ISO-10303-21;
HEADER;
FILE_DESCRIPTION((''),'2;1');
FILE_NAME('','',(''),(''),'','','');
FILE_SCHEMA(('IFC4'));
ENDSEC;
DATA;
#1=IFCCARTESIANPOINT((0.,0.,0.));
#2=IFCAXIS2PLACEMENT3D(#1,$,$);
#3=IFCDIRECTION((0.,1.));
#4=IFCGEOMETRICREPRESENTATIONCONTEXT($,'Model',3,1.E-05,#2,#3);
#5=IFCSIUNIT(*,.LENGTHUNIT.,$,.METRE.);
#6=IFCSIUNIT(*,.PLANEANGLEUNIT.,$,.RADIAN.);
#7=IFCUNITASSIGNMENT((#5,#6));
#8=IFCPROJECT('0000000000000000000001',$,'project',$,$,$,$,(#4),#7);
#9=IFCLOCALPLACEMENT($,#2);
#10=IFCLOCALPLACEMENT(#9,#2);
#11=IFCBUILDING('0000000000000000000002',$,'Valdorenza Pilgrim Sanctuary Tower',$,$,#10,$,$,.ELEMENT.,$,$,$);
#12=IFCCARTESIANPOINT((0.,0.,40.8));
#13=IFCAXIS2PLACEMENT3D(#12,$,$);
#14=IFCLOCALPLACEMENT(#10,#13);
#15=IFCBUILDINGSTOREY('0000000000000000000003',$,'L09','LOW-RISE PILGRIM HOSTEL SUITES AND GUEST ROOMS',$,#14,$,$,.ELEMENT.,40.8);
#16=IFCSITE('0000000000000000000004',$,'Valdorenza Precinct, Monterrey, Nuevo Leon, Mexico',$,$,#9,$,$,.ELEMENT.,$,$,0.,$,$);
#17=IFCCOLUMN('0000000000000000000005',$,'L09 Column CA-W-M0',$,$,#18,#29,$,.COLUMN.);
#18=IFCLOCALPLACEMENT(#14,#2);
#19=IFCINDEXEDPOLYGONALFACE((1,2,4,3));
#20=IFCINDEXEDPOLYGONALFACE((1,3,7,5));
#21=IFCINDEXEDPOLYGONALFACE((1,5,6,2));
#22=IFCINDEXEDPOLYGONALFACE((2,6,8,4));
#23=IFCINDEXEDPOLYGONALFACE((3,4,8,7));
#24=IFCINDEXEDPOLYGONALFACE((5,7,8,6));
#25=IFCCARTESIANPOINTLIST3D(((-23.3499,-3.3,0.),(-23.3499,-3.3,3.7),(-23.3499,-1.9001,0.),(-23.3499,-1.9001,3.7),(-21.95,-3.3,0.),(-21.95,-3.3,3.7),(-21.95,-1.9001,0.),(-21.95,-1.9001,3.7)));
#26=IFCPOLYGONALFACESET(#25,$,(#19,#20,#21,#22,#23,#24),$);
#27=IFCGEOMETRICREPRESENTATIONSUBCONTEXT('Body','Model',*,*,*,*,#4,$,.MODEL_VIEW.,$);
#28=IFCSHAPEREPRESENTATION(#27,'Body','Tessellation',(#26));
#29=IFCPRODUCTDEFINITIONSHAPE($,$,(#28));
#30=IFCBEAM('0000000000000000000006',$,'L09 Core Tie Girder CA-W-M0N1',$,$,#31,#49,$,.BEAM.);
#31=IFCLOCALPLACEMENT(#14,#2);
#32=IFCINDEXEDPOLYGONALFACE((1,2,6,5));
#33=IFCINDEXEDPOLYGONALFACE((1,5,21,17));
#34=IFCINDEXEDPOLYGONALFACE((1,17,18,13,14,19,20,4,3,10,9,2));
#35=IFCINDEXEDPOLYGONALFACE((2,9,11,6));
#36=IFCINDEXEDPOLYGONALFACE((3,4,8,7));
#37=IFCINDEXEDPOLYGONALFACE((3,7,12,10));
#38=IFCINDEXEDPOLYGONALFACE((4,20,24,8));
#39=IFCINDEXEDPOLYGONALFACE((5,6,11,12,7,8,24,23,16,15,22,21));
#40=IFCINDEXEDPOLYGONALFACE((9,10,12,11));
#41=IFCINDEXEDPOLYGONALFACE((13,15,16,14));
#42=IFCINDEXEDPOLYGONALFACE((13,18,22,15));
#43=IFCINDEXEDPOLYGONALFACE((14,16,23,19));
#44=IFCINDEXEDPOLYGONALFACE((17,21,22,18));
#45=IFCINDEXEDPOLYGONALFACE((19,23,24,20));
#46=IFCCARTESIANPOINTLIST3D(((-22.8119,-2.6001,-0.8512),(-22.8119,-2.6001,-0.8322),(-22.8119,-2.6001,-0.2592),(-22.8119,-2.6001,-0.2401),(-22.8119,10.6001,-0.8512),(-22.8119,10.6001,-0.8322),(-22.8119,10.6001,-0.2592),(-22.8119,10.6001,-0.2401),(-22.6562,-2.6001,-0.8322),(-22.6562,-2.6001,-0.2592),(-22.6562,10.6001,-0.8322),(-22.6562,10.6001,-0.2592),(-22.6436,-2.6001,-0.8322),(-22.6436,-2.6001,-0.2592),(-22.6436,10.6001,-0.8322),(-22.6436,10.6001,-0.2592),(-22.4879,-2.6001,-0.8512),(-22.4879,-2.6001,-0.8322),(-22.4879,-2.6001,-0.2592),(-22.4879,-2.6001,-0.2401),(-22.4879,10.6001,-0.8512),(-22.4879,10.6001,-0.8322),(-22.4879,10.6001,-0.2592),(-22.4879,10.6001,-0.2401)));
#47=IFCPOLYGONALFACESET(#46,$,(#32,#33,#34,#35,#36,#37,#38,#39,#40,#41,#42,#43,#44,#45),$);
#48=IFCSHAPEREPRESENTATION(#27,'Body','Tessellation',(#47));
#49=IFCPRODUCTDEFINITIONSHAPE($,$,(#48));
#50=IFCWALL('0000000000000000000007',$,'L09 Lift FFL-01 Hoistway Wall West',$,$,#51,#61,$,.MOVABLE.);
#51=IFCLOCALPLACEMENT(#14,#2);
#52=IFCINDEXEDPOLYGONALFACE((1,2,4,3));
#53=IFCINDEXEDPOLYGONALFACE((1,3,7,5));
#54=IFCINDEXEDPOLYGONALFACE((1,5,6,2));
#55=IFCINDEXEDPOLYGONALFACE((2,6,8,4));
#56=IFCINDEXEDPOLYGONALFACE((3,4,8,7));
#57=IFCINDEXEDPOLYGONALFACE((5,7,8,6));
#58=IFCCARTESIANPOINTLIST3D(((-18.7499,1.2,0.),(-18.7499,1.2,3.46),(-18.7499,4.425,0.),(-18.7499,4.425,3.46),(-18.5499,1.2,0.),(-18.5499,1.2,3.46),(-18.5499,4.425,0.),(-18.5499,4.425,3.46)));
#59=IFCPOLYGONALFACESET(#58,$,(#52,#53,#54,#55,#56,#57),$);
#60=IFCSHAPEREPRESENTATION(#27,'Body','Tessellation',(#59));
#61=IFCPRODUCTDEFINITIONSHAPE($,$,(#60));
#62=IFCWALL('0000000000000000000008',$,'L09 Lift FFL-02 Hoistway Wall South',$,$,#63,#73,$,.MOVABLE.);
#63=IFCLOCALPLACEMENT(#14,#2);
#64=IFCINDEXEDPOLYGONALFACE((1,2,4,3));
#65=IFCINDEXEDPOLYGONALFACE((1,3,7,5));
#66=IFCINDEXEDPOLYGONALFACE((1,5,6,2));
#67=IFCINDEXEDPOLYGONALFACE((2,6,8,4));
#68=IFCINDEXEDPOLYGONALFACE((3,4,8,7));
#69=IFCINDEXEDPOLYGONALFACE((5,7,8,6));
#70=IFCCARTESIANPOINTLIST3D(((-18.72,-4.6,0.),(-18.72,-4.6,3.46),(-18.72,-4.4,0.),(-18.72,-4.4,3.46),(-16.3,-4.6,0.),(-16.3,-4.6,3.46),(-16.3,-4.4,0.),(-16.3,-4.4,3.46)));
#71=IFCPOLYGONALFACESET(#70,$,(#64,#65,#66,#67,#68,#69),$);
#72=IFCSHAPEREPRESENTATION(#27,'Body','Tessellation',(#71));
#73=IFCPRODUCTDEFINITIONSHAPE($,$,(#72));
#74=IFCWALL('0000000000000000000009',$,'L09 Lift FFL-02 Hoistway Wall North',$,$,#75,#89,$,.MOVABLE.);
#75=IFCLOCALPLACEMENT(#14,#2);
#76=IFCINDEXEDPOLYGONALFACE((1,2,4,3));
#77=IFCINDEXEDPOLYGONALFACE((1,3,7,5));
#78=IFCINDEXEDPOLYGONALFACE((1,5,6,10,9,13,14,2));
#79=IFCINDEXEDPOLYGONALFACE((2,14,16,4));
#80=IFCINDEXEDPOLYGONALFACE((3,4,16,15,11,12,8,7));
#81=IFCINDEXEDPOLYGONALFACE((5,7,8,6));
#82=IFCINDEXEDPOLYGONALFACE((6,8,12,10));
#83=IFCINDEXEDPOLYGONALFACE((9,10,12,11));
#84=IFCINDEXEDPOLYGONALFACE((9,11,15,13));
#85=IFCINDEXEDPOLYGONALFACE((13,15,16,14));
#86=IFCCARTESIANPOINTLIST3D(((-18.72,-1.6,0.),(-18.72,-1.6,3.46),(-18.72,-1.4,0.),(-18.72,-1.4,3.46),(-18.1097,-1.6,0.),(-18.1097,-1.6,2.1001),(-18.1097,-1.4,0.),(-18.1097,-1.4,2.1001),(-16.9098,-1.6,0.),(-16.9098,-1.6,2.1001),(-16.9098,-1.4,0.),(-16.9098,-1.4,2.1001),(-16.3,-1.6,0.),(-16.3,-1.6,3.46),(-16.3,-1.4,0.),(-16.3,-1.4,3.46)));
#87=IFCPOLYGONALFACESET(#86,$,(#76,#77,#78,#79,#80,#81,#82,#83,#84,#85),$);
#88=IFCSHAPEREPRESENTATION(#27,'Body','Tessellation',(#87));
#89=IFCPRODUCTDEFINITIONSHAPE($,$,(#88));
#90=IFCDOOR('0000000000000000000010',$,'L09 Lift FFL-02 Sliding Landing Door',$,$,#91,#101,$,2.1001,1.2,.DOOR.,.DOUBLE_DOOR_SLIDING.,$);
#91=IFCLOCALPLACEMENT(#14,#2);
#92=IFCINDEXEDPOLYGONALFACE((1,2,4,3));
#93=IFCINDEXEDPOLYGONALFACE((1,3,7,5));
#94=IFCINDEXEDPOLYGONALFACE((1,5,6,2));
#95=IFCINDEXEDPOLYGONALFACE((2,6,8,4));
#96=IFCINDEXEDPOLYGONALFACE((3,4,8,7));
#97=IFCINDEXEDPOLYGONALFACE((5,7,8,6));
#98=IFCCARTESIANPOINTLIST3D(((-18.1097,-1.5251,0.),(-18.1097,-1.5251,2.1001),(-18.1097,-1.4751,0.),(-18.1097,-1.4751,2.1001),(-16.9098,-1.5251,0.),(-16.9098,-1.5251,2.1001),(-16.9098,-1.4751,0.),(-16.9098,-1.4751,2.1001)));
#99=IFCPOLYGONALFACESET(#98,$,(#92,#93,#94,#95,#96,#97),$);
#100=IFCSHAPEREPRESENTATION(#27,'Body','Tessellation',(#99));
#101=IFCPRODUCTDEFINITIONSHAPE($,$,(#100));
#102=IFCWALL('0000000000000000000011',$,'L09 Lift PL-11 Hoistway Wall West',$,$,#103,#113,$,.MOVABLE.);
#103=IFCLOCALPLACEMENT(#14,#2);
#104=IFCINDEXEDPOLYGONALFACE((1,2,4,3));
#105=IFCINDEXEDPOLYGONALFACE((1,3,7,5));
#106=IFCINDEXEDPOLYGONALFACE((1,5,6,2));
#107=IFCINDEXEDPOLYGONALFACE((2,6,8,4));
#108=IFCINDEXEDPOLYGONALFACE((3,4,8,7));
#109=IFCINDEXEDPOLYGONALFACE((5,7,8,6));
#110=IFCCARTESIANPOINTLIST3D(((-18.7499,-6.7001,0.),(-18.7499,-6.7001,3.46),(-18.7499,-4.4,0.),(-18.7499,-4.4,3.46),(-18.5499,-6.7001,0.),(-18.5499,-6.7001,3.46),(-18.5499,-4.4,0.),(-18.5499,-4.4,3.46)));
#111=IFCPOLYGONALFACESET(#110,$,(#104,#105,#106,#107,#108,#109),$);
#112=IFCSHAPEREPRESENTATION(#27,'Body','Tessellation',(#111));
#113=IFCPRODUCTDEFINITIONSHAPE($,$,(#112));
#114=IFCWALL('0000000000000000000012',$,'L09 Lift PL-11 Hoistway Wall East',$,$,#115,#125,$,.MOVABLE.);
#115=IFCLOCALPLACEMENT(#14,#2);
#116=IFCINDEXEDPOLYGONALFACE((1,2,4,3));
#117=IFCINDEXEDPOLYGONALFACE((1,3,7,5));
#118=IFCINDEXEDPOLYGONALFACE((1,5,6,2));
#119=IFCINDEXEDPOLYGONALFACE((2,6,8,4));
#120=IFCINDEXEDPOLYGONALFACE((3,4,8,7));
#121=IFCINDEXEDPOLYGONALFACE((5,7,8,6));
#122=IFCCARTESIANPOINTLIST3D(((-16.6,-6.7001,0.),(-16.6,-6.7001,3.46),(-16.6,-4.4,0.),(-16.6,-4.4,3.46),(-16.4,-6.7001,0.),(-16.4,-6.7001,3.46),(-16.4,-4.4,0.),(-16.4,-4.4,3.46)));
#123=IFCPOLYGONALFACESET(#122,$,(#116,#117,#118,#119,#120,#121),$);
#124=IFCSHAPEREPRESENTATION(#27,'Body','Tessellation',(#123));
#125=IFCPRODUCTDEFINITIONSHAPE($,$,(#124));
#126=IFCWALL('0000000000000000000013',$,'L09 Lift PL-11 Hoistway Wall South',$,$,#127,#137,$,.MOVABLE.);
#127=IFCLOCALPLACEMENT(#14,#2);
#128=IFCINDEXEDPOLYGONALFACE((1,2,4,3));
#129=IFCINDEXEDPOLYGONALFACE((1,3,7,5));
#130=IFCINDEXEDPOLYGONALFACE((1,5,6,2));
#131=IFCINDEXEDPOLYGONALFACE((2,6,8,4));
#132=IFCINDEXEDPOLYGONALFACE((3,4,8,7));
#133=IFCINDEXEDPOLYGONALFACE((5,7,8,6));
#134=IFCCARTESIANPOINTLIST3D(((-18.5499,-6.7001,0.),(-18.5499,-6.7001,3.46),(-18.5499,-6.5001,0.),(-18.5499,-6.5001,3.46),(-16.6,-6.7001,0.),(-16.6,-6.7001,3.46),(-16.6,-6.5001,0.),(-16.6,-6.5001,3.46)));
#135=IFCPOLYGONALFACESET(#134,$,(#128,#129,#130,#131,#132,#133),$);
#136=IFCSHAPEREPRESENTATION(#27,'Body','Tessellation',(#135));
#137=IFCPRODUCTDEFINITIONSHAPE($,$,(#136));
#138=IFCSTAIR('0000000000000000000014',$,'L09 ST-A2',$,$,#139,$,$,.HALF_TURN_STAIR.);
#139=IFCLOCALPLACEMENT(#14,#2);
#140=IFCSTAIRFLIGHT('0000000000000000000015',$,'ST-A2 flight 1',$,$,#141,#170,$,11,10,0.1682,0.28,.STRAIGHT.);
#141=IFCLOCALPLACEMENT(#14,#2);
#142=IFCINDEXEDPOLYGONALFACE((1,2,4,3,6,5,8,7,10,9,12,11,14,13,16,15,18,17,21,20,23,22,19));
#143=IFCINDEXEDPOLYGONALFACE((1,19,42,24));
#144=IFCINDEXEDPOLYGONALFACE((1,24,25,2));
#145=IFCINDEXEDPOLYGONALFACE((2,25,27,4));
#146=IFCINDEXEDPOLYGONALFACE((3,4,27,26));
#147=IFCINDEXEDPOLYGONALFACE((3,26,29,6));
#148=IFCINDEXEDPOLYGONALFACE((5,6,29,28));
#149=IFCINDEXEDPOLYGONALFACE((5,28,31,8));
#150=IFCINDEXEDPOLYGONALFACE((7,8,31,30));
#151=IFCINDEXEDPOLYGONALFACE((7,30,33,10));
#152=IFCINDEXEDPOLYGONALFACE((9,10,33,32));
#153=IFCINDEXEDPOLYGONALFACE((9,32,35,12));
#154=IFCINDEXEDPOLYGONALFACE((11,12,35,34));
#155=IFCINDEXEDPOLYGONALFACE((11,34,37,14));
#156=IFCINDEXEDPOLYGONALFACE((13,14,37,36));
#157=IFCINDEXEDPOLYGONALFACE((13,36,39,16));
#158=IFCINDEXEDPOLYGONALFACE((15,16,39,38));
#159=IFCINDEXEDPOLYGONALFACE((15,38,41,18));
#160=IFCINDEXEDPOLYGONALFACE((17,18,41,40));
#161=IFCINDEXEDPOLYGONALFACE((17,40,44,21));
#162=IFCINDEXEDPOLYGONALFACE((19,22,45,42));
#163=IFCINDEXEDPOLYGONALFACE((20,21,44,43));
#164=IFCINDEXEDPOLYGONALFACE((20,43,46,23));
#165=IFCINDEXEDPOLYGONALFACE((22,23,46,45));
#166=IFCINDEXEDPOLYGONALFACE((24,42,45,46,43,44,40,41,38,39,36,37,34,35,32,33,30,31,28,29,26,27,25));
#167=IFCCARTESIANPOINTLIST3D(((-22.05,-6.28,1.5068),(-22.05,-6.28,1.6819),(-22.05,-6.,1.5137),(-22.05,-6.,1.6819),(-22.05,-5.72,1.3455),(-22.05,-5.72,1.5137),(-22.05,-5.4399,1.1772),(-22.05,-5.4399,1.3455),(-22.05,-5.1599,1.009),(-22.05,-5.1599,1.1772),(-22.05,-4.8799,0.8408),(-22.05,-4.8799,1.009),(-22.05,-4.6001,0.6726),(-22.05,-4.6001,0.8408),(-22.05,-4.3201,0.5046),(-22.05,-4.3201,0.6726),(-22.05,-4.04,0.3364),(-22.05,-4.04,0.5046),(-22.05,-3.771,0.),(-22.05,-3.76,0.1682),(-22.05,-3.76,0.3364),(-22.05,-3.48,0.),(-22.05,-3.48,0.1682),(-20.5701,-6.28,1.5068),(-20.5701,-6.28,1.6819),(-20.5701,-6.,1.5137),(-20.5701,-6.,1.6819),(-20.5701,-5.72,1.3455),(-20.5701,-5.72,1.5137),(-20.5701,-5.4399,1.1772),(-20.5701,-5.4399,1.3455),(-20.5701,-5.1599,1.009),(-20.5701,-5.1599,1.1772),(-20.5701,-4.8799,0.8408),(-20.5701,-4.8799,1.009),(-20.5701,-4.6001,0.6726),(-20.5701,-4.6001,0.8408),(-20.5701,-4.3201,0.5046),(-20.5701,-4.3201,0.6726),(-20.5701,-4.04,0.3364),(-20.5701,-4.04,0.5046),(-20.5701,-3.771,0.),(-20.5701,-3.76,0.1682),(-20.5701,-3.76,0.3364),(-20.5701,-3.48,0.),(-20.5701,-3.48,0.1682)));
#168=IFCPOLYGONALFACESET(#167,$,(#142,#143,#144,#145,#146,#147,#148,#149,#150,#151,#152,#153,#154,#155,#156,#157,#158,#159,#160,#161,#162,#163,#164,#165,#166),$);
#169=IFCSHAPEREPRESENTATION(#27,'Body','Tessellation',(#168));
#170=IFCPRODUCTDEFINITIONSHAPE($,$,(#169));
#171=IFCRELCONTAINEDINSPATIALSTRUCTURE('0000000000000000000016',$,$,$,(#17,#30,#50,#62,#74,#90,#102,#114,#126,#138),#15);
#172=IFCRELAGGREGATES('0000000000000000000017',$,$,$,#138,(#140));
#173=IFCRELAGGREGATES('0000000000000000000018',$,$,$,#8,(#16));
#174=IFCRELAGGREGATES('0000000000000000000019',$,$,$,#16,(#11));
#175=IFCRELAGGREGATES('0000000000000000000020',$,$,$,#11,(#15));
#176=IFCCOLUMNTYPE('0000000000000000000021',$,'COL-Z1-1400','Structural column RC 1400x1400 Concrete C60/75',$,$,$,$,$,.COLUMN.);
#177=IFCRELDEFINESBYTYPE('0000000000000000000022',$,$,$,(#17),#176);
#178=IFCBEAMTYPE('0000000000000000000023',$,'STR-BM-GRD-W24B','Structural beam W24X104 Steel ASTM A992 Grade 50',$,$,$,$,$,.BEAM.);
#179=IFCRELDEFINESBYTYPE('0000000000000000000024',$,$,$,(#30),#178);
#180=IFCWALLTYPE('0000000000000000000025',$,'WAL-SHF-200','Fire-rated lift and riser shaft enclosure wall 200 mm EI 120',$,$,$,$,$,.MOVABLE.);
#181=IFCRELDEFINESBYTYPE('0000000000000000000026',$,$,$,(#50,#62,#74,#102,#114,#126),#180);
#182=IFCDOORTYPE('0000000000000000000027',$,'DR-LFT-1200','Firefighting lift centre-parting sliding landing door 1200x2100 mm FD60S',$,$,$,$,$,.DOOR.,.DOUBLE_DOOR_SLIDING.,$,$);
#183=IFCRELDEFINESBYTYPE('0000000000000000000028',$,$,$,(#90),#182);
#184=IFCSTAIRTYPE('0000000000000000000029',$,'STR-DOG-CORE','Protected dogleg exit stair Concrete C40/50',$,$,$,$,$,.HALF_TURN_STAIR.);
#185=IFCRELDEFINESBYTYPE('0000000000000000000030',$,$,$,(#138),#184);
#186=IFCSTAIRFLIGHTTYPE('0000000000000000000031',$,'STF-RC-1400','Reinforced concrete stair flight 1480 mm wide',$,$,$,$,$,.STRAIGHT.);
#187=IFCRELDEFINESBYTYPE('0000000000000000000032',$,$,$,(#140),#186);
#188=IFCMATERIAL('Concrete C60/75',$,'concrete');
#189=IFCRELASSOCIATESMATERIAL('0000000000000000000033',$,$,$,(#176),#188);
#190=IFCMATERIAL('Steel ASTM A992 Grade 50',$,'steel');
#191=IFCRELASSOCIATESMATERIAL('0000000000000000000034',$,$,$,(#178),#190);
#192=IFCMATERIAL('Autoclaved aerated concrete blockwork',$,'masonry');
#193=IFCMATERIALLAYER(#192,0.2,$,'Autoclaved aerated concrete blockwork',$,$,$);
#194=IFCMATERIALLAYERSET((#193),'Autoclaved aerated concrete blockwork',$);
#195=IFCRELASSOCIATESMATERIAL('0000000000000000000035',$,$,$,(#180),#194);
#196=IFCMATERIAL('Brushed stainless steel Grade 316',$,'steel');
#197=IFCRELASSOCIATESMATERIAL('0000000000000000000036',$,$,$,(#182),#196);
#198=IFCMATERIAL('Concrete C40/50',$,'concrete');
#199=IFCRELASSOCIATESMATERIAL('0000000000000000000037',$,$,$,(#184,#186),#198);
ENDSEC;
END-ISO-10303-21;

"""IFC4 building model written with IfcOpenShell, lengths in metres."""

from ifc_helpers import new_model, si_unit, direction, frame, frame_2d, origin, origin_2d, place, context, subcontext, project, spatial, polyline, rectangle, i_section, outline, extrude, source, transform, mapped, material, layer, layer_set, material_profile, profile_set, type_object, element, fill, aggregate, save


model = new_model("IFC4")

# Units and contexts
model_context = context("Model", 3, precision=1e-05, world=origin(), true_north=direction((0.0, 1.0)))
body_context = subcontext(model_context, "Body", "Model", "MODEL_VIEW")
ifc_project = project(units=[si_unit("LENGTHUNIT", "METRE"), si_unit("PLANEANGLEUNIT", "RADIAN")], contexts=[model_context])

# Site, building, storey
site_placement = place(None, origin())
site = spatial("IfcSite", under=ifc_project, at=site_placement, Name="Valdorenza Precinct, Monterrey, Nuevo Leon, Mexico", CompositionType="ELEMENT", RefElevation=0.0)
building_placement = place(site_placement, origin())
building = spatial("IfcBuilding", under=site, at=building_placement, Name="Valdorenza Pilgrim Sanctuary Tower", CompositionType="ELEMENT")
storey_placement = place(building_placement, frame((0.0, 0.0, 40.8)))
storey = spatial("IfcBuildingStorey", under=building, at=storey_placement, Name="L09", Description="LOW-RISE PILGRIM HOSTEL SUITES AND GUEST ROOMS", CompositionType="ELEMENT", Elevation=40.8)

# Column
ifc_material_1 = material(Name="Concrete C60/75", Category="concrete")
ifc_material_profile_1 = material_profile(ifc_material_1, rectangle(XDim=1.3999, YDim=1.3999, at=origin_2d()), Name="RC 1400x1400")
ifc_profile_set_1 = profile_set([ifc_material_profile_1], Name="Concrete C60/75")
column_type = type_object("IfcColumnType", Name="COL-Z1-1400", Description="Structural column RC 1400x1400 Concrete C60/75", PredefinedType="COLUMN", material=ifc_profile_set_1)
shared_shape_1 = source(origin(), body_context, "Body", "SweptSolid", [
    extrude(rectangle(XDim=1.3999, YDim=1.3999, at=origin_2d()), origin(), (0.0, 0.0, 1.0), 3.7),
])
column_placement = place(storey_placement, frame((-22.6499, -2.6001, 0.0), z_axis=(0.0, 0.0, 1.0), x_axis=(1.0, 0.0, 0.0)))
element("IfcColumn", 1, at=column_placement, inside=storey, type_object=column_type, Name="L09 Column CA-W-M0", PredefinedType="COLUMN", context=body_context, shape_type="MappedRepresentation", body=[
    mapped(shared_shape_1, transform((0.0, 0.0, 0.0), x_axis=(1.0, 0.0, 0.0), y_axis=(0.0, 1.0, 0.0), z_axis=(0.0, 0.0, 1.0), scale=1.0)),
])

# Beam
ifc_material_2 = material(Name="Steel ASTM A992 Grade 50", Category="steel")
ifc_material_profile_2 = material_profile(ifc_material_2, i_section(OverallWidth=0.324, OverallDepth=0.6111, WebThickness=0.0127, FlangeThickness=0.019, at=origin_2d()), Name="W24X104")
ifc_profile_set_2 = profile_set([ifc_material_profile_2], Name="Steel ASTM A992 Grade 50")
beam_type = type_object("IfcBeamType", Name="STR-BM-GRD-W24B", Description="Structural beam W24X104 Steel ASTM A992 Grade 50", PredefinedType="BEAM", material=ifc_profile_set_2)
shared_shape_2 = source(origin(), body_context, "Body", "SweptSolid", [
    extrude(i_section(OverallWidth=0.324, OverallDepth=0.6111, WebThickness=0.0127, FlangeThickness=0.019, at=origin_2d()), origin(), (0.0, 0.0, 1.0), 13.2002),
])
beam_placement = place(storey_placement, frame((-22.6499, -2.6001, -0.5457), z_axis=(0.0, 1.0, 0.0), x_axis=(-1.0, 0.0, 0.0)))
element("IfcBeam", 2, at=beam_placement, inside=storey, type_object=beam_type, Name="L09 Core Tie Girder CA-W-M0N1", PredefinedType="BEAM", context=body_context, shape_type="MappedRepresentation", body=[
    mapped(shared_shape_2, transform((0.0, 0.0, 0.0), x_axis=(1.0, 0.0, 0.0), y_axis=(0.0, 1.0, 0.0), z_axis=(0.0, 0.0, 1.0), scale=1.0)),
])

# Walls
ifc_material_3 = material(Name="Autoclaved aerated concrete blockwork", Category="masonry")
ifc_layer_1 = layer(ifc_material_3, 0.2, Name="Autoclaved aerated concrete blockwork")
ifc_layer_set_1 = layer_set([ifc_layer_1], Name="Autoclaved aerated concrete blockwork")
wall_type_1 = type_object("IfcWallType", Name="WAL-SHF-200", Description="Fire-rated lift and riser shaft enclosure wall 200 mm EI 120", PredefinedType="MOVABLE", material=ifc_layer_set_1)
wall_1_placement = place(storey_placement, frame((-18.6499, 1.2, 0.0), z_axis=(0.0, 0.0, 1.0), x_axis=(0.0, 1.0, 0.0)))
element("IfcWall", 3, at=wall_1_placement, inside=storey, type_object=wall_type_1, Name="L09 Lift FFL-01 Hoistway Wall West", PredefinedType="MOVABLE", context=body_context, shape_type="SweptSolid", body=[
    extrude(rectangle(XDim=3.2251, YDim=0.2, at=frame_2d((1.6125, 0.0))), origin(), (0.0, 0.0, 1.0), 3.46),
])
wall_2_placement = place(storey_placement, frame((-18.72, -4.5, 0.0), z_axis=(0.0, 0.0, 1.0), x_axis=(1.0, 0.0, 0.0)))
element("IfcWall", 4, at=wall_2_placement, inside=storey, type_object=wall_type_1, Name="L09 Lift FFL-02 Hoistway Wall South", PredefinedType="MOVABLE", context=body_context, shape_type="SweptSolid", body=[
    extrude(rectangle(XDim=2.4199, YDim=0.2, at=frame_2d((1.21, 0.0))), origin(), (0.0, 0.0, 1.0), 3.46),
])

# Wall, opening, door
wall_3_placement = place(storey_placement, frame((-18.72, -1.5, 0.0), z_axis=(0.0, 0.0, 1.0), x_axis=(1.0, 0.0, 0.0)))
wall_3 = element("IfcWall", 5, at=wall_3_placement, inside=storey, type_object=wall_type_1, Name="L09 Lift FFL-02 Hoistway Wall North", PredefinedType="MOVABLE", context=body_context, shape_type="SweptSolid", body=[
    extrude(rectangle(XDim=2.4199, YDim=0.2, at=frame_2d((1.21, 0.0))), origin(), (0.0, 0.0, 1.0), 3.46),
])
opening_1_placement = place(wall_3_placement, frame((0.6101, 0.0, 0.0)))
opening_1 = element("IfcOpeningElement", 6, at=opening_1_placement, cuts=wall_3, PredefinedType="OPENING", context=body_context, shape_type="SweptSolid", body=[
    extrude(rectangle(XDim=1.2, YDim=2.1001, at=frame_2d((0.6001, 1.05))), frame((0.0, 0.1147, 0.0), z_axis=(0.0, -1.0, 0.0), x_axis=(1.0, 0.0, 0.0)), (0.0, 0.0, 1.0), 0.2297),
])
ifc_material_4 = material(Name="Brushed stainless steel Grade 316", Category="steel")
door_type_1 = type_object("IfcDoorType", Name="DR-LFT-1200", Description="Firefighting lift centre-parting sliding landing door 1200x2100 mm FD60S", OperationType="DOUBLE_DOOR_SLIDING", PredefinedType="DOOR", material=ifc_material_4)
door_1_placement = place(opening_1_placement, origin())
door_1 = element("IfcDoor", 7, at=door_1_placement, inside=storey, type_object=door_type_1, Name="L09 Lift FFL-02 Sliding Landing Door", OperationType="DOUBLE_DOOR_SLIDING", OverallHeight=2.1001, OverallWidth=1.2, PredefinedType="DOOR", context=body_context, shape_type="SweptSolid", body=[
    extrude(rectangle(XDim=1.2, YDim=2.1001, at=frame_2d((0.6001, 1.05))), frame((0.0, 0.0249, 0.0), z_axis=(0.0, -1.0, 0.0), x_axis=(1.0, 0.0, 0.0)), (0.0, 0.0, 1.0), 0.05),
])
fill(opening_1, door_1)

# Walls
for number, where, z_axis, x_axis, name in (
    (8, (-18.6499, -6.7, 0.0), (0.0, 0.0, 1.0), (0.0, 1.0, 0.0), "L09 Lift PL-11 Hoistway Wall West"),
    (9, (-16.5, -6.7, 0.0), (0.0, 0.0, 1.0), (0.0, 1.0, 0.0), "L09 Lift PL-11 Hoistway Wall East"),
):
    element("IfcWall", number, at=place(storey_placement, frame(where, z_axis=z_axis, x_axis=x_axis)), inside=storey, type_object=wall_type_1, Name=name, PredefinedType="MOVABLE", context=body_context, shape_type="SweptSolid", body=[
        extrude(rectangle(XDim=2.3, YDim=0.2, at=frame_2d((1.1499, 0.0))), origin(), (0.0, 0.0, 1.0), 3.46),
    ])
wall_4_placement = place(storey_placement, frame((-18.55, -6.6001, 0.0), z_axis=(0.0, 0.0, 1.0), x_axis=(1.0, 0.0, 0.0)))
element("IfcWall", 10, at=wall_4_placement, inside=storey, type_object=wall_type_1, Name="L09 Lift PL-11 Hoistway Wall South", PredefinedType="MOVABLE", context=body_context, shape_type="SweptSolid", body=[
    extrude(rectangle(XDim=1.95, YDim=0.2, at=frame_2d((0.9751, 0.0))), origin(), (0.0, 0.0, 1.0), 3.46),
])

# Shared definitions
ifc_material_5 = material(Name="Concrete C40/50", Category="concrete")

# Stair, stair flight
stair_type = type_object("IfcStairType", Name="STR-DOG-CORE", Description="Protected dogleg exit stair Concrete C40/50", PredefinedType="HALF_TURN_STAIR", material=ifc_material_5)
stair_placement = place(storey_placement, origin())
stair = element("IfcStair", 11, at=stair_placement, inside=storey, type_object=stair_type, Name="L09 ST-A2", PredefinedType="HALF_TURN_STAIR")
stair_flight_type = type_object("IfcStairFlightType", Name="STF-RC-1400", Description="Reinforced concrete stair flight 1480 mm wide", PredefinedType="STRAIGHT", material=ifc_material_5)
stair_flight_1_placement = place(storey_placement, frame((-21.3101, -3.48, 0.0), z_axis=(0.0, 0.0, 1.0), x_axis=(0.0, -1.0, 0.0)))
stair_flight_1 = element("IfcStairFlight", 12, at=stair_flight_1_placement, type_object=stair_flight_type, Name="ST-A2 flight 1", NumberOfRisers=11, NumberOfTreads=10, PredefinedType="STRAIGHT", RiserHeight=0.1682, TreadLength=0.28, context=body_context, shape_type="SweptSolid", body=[
    extrude(outline(polyline([(0.0, 0.0), (0.0, 0.1682), (0.28, 0.1682), (0.28, 0.3364), (0.5601, 0.3364), (0.5601, 0.5046), (0.8401, 0.5046), (0.8401, 0.6726), (1.1201, 0.6726), (1.1201, 0.8408), (1.3999, 0.8408), (1.3999, 1.009), (1.6799, 1.009), (1.6799, 1.1772), (1.96, 1.1772), (1.96, 1.3455), (2.24, 1.3455), (2.24, 1.5137), (2.52, 1.5137), (2.52, 1.6819), (2.8, 1.6819), (2.8, 1.8501), (2.8, 1.5068), (0.291, 0.0), (0.0, 0.0)])), frame((0.0, 0.74, 0.0), z_axis=(0.0, -1.0, 0.0), x_axis=(1.0, 0.0, 0.0)), (0.0, 0.0, 1.0), 1.48),
])
aggregate(stair, [stair_flight_1])

save(model, "model.ifc")
